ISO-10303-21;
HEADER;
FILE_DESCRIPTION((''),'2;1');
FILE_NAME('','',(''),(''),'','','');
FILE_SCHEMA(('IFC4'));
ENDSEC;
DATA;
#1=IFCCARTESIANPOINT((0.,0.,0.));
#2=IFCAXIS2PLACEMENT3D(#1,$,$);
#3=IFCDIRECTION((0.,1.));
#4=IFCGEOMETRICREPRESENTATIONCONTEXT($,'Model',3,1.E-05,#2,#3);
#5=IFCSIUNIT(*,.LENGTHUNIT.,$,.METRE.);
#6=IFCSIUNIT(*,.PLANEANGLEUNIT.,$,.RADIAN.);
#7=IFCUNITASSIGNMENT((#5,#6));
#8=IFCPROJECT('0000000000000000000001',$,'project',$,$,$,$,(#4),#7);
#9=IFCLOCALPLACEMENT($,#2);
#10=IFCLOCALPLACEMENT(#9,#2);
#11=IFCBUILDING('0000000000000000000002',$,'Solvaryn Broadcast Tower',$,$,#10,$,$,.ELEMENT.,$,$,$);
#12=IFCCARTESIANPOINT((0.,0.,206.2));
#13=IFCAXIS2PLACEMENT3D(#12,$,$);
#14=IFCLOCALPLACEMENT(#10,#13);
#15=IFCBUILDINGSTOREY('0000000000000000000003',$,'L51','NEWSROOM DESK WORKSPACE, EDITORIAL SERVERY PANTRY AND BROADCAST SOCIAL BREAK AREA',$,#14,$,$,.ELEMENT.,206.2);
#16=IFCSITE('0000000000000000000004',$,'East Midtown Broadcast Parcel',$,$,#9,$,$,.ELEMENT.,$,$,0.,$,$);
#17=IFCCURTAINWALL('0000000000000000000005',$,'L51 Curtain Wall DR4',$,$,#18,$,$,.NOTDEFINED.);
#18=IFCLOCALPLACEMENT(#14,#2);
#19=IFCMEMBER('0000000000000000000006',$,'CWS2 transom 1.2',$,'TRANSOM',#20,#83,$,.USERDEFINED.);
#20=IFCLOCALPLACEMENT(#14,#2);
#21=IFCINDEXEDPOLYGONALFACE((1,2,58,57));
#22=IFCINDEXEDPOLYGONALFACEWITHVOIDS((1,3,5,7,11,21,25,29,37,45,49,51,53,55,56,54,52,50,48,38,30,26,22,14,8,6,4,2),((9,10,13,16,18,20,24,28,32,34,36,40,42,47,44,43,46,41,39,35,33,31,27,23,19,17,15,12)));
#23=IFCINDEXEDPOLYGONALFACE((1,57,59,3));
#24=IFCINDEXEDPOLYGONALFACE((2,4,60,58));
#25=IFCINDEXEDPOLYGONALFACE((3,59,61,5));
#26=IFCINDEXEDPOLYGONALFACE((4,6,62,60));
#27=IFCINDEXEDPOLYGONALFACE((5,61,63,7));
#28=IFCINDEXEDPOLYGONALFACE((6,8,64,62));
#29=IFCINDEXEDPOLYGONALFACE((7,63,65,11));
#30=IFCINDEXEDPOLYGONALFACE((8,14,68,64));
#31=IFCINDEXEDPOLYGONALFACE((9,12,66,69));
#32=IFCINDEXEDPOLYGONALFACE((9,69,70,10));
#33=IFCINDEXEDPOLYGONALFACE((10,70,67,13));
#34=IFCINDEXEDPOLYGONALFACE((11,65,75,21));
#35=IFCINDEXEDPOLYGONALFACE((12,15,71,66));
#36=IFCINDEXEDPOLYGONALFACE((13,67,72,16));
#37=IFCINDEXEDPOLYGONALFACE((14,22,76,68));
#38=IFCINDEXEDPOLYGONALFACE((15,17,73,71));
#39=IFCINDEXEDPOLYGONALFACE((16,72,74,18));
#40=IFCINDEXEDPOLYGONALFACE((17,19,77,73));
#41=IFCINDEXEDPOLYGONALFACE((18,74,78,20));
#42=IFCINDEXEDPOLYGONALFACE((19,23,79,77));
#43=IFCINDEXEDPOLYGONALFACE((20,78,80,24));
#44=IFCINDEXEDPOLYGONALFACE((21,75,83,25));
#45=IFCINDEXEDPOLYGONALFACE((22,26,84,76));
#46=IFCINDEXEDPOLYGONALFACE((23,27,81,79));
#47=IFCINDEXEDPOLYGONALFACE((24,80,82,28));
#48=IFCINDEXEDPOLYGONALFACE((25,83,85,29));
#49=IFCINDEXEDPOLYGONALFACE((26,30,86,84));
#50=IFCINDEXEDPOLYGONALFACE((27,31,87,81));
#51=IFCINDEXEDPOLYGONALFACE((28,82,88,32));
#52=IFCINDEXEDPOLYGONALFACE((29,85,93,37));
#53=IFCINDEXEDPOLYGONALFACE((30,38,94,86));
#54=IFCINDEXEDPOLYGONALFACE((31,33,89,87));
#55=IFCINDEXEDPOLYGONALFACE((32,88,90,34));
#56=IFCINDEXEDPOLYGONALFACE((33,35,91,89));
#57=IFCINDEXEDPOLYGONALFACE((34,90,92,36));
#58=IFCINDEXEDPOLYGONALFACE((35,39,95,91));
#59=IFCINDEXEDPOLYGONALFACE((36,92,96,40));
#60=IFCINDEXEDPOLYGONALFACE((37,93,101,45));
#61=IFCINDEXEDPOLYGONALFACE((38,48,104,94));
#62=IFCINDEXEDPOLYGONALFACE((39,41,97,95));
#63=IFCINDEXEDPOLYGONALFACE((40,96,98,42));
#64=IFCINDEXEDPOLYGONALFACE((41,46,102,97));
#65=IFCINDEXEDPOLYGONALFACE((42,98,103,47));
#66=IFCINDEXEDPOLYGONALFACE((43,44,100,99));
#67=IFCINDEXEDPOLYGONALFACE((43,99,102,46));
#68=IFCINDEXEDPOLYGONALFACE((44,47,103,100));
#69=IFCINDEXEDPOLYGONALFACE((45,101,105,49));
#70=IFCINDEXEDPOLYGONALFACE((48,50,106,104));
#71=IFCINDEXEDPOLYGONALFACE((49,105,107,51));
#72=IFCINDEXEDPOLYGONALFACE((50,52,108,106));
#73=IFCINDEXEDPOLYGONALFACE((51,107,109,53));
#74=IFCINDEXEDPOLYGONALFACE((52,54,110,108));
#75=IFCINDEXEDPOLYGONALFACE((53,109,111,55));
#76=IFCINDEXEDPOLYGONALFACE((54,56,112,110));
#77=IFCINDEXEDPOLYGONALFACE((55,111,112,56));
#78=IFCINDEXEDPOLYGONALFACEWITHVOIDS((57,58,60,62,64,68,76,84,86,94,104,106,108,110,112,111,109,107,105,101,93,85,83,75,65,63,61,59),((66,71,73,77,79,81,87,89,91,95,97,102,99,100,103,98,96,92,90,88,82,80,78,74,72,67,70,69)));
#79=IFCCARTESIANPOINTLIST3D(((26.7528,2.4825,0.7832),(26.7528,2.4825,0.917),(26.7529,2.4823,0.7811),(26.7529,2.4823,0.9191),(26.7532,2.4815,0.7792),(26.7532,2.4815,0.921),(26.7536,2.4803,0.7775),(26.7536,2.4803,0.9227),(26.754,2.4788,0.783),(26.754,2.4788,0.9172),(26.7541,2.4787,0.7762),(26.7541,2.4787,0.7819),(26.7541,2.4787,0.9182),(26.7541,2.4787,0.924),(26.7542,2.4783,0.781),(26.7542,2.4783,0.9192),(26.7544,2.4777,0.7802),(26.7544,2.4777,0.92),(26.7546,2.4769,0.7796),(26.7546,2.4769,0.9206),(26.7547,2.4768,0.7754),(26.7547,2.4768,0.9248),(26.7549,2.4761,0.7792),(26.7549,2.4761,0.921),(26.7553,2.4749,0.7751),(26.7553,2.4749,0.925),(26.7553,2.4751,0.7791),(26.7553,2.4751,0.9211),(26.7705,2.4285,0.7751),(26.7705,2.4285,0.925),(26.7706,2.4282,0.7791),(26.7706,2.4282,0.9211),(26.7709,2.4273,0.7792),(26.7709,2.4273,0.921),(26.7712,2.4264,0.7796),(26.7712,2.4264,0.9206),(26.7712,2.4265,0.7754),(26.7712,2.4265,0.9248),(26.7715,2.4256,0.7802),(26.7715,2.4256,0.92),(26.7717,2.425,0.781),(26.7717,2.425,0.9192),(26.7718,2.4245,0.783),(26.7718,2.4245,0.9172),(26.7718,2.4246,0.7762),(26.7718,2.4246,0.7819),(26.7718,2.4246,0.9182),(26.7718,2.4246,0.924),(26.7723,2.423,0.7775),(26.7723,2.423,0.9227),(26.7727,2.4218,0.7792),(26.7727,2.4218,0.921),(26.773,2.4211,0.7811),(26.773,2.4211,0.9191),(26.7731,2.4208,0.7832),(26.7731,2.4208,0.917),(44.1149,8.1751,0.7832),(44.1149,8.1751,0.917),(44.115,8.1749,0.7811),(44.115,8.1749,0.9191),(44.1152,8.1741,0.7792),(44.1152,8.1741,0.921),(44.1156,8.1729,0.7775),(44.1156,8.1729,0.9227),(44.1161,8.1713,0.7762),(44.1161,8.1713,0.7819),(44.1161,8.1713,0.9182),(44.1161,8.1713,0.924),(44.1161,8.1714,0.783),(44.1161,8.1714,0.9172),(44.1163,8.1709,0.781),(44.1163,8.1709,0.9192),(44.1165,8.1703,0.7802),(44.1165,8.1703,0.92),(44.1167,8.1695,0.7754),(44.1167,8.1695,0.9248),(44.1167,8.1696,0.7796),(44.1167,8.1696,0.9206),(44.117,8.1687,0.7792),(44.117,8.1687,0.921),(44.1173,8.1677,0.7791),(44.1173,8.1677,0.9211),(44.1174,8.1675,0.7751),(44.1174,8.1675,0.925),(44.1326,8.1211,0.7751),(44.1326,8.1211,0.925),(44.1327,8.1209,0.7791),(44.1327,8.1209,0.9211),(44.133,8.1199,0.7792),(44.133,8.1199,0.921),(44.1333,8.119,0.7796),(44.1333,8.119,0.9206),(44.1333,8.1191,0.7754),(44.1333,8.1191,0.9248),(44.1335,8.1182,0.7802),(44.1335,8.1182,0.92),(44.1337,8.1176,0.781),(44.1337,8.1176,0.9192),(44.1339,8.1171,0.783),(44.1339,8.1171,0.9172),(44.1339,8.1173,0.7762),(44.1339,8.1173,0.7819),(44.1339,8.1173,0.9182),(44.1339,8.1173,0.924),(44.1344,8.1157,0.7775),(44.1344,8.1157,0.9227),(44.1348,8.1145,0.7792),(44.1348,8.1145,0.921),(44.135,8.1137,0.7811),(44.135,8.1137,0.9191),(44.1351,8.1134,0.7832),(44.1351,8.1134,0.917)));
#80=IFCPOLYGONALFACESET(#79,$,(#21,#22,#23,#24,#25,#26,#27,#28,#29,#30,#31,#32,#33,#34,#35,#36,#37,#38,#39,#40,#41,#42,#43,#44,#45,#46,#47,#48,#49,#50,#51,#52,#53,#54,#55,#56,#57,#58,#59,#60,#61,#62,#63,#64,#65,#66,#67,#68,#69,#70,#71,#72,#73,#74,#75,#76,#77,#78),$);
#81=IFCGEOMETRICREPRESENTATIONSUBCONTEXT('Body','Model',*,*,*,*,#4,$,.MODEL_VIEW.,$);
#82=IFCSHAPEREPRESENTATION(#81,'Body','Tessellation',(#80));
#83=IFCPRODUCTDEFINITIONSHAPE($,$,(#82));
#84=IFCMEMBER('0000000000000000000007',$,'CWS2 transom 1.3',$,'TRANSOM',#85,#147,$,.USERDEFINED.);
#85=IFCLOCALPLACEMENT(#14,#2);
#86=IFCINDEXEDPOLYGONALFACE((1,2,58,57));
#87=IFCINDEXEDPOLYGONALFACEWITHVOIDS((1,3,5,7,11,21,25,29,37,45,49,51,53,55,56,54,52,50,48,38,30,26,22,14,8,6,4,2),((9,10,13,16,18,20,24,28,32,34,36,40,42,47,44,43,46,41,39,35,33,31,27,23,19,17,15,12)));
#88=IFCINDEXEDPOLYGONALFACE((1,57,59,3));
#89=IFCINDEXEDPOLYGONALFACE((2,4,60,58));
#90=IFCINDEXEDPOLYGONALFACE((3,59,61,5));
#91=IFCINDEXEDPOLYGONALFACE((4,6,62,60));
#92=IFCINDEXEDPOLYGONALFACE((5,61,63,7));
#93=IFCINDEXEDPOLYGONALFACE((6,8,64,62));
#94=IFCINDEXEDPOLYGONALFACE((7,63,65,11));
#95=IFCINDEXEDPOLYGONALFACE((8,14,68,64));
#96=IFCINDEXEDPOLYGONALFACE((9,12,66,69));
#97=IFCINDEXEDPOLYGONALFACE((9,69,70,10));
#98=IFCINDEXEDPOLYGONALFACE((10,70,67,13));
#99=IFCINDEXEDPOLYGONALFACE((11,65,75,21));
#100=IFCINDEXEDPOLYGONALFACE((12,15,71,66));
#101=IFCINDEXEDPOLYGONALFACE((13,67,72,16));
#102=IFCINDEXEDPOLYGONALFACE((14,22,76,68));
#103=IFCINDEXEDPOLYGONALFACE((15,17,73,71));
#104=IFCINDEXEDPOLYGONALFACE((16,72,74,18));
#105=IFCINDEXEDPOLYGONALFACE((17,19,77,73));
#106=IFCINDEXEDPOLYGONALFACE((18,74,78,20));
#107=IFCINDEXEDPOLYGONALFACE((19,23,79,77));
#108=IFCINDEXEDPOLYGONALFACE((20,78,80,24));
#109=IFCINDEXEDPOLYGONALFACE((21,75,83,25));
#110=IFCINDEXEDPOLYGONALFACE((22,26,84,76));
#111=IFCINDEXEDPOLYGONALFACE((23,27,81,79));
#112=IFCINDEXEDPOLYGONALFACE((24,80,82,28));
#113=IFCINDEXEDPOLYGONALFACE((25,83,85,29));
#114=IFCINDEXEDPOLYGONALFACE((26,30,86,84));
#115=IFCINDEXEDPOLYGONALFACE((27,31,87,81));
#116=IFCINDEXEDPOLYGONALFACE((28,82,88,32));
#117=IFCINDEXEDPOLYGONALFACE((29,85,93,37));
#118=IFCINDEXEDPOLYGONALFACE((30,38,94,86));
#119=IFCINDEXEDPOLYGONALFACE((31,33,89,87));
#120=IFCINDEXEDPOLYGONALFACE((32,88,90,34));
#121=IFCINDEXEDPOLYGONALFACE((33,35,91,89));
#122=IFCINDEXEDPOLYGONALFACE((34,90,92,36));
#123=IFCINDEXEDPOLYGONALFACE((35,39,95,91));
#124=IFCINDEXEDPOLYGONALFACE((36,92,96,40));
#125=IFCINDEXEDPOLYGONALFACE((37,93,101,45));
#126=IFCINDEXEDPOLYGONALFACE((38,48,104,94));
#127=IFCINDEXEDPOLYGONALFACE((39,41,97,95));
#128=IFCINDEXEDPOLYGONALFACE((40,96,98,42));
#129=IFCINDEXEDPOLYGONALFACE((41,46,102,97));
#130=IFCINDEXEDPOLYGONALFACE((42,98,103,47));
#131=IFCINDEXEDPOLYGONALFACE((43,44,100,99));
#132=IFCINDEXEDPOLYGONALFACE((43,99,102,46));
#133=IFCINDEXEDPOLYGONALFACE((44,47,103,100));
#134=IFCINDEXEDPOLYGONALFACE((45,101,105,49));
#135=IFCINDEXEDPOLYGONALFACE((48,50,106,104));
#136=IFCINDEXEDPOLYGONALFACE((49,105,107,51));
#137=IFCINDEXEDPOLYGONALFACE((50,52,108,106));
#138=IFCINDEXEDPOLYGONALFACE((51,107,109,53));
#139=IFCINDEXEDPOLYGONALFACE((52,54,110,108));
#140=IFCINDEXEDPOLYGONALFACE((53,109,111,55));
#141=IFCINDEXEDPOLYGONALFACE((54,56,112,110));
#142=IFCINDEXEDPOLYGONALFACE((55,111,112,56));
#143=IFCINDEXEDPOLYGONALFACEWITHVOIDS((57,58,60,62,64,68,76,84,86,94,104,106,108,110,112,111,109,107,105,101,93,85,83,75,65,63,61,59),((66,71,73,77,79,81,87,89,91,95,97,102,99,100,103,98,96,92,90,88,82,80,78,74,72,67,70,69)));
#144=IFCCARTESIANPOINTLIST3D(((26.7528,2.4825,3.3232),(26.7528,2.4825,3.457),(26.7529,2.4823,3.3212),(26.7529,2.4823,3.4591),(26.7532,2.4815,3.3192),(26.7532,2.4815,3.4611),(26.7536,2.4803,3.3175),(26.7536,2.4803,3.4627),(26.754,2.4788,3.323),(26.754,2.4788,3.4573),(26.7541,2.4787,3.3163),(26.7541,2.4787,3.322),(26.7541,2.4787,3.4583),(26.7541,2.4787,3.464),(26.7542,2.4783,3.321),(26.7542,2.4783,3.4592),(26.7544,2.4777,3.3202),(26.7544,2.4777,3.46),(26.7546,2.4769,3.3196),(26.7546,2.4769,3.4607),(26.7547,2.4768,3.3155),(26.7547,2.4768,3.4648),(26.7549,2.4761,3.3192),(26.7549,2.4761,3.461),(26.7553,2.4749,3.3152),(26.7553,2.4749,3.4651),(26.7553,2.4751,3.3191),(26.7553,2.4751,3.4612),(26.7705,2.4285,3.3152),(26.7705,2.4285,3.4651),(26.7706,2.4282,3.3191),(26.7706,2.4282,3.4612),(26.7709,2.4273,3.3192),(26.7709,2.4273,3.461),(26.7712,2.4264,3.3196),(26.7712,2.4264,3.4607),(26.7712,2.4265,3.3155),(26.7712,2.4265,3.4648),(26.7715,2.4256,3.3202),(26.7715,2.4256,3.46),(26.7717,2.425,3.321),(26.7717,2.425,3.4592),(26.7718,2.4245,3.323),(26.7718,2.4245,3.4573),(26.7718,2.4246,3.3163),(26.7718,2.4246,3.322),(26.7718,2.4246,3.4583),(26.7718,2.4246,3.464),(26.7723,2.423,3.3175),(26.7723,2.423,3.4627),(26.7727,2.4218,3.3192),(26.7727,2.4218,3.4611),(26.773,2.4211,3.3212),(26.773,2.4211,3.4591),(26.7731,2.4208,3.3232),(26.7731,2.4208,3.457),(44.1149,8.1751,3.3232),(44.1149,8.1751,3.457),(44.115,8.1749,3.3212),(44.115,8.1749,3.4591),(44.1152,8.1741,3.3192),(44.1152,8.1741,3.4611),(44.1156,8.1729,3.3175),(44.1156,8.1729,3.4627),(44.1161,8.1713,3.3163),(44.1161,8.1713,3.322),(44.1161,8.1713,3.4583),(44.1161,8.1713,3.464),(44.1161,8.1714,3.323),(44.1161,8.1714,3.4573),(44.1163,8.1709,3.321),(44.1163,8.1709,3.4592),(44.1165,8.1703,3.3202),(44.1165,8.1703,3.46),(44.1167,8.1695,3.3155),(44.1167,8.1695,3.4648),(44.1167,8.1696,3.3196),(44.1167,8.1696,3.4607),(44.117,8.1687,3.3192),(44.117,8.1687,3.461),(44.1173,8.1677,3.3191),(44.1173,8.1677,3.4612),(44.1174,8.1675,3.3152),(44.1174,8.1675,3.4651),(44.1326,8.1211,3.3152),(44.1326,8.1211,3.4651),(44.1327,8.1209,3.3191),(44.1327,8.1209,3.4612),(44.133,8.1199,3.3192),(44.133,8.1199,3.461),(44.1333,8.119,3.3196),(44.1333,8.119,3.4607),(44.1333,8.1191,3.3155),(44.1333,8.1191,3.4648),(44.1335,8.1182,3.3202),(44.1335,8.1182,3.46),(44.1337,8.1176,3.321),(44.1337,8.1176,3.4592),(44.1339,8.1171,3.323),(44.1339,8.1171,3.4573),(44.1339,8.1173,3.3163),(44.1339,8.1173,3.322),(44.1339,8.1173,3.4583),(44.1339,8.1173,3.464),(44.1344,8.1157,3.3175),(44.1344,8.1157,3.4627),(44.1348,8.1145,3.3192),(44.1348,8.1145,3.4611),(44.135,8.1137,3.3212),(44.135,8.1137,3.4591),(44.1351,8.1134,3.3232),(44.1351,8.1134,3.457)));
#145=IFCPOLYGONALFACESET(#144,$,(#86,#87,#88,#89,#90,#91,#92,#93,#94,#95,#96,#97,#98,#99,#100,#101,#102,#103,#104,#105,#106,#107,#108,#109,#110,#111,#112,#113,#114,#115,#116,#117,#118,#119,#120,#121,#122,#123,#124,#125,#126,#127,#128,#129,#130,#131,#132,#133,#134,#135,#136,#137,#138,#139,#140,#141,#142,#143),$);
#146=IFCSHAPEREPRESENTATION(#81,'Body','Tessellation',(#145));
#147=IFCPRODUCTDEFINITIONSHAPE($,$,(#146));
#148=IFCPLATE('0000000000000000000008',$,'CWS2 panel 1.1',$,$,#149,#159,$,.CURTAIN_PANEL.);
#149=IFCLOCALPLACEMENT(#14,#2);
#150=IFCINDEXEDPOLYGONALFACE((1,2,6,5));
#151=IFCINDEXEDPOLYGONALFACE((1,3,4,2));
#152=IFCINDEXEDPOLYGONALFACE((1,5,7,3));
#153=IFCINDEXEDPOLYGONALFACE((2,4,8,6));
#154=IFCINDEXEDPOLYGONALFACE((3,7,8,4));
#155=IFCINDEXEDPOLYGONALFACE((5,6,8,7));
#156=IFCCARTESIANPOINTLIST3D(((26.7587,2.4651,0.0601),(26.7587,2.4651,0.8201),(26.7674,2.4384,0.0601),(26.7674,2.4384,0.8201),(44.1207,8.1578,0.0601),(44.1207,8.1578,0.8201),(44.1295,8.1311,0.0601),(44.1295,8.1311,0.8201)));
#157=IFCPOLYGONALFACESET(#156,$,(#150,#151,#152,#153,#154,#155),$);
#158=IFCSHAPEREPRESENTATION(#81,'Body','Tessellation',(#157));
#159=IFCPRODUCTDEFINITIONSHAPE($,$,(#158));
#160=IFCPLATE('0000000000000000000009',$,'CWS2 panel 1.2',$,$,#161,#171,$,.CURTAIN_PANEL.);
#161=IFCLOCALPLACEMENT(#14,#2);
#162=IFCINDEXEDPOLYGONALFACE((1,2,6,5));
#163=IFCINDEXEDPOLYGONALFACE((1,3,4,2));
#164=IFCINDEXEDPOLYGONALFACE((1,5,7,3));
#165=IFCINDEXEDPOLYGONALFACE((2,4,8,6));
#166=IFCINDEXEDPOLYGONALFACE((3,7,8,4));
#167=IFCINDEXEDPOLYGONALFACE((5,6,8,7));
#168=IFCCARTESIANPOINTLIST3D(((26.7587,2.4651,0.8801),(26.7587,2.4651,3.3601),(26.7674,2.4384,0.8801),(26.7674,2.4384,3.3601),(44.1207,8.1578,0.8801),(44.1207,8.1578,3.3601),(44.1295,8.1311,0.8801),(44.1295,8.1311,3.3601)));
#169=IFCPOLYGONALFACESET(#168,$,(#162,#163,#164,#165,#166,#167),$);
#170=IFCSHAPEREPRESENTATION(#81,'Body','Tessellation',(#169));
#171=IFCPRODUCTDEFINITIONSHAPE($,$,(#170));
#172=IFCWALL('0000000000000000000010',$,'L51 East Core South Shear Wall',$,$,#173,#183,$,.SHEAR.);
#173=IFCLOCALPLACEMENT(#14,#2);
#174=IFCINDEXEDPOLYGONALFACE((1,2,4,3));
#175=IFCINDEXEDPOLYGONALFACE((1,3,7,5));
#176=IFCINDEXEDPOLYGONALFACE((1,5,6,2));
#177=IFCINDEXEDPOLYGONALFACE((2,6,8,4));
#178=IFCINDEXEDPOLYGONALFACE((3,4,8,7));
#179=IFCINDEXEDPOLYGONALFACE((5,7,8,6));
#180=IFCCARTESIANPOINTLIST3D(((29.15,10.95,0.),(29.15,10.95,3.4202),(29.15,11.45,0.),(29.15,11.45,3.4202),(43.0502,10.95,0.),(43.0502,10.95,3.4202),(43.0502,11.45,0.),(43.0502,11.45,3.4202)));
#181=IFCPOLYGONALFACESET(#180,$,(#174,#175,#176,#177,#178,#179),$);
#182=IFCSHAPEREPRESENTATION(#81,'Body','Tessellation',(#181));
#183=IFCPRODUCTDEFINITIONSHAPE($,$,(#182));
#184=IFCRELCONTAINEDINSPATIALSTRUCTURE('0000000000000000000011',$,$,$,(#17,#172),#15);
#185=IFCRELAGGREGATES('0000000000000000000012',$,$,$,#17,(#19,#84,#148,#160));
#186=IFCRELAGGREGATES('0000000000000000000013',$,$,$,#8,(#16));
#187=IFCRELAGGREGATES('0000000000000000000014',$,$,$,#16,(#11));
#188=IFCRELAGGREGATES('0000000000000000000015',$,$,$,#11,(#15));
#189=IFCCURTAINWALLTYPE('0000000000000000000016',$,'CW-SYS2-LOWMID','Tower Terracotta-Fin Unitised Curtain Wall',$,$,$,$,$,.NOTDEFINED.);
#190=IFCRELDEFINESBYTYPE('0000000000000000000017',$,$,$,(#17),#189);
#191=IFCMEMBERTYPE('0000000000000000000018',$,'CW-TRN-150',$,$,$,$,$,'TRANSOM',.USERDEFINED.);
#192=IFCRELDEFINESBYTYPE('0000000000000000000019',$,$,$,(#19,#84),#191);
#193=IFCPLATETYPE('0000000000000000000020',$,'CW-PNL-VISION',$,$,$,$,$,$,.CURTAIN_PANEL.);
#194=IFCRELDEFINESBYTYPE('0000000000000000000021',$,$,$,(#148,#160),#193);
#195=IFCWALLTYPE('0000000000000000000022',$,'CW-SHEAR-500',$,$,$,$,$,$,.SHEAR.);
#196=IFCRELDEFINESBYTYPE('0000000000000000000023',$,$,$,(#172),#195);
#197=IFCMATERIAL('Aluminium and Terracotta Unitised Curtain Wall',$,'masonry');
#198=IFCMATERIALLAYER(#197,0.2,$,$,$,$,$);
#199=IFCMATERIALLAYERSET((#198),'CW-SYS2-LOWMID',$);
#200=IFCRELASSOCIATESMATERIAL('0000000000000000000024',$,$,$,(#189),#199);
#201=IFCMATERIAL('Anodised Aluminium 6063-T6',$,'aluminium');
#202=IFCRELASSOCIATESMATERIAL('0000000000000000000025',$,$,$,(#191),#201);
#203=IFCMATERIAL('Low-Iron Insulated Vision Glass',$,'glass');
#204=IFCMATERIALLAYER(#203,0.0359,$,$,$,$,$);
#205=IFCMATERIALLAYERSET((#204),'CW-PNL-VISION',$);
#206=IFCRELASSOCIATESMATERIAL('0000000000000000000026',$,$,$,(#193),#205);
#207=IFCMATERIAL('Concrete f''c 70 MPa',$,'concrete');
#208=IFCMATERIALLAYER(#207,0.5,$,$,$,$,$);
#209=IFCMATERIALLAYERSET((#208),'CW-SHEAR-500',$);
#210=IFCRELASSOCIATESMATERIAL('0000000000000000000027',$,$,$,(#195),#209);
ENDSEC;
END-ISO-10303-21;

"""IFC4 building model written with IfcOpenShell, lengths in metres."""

from ifc_helpers import new_model, si_unit, direction, frame, frame_2d, origin, origin_2d, place, context, subcontext, project, spatial, rectangle, hollow_rectangle, extrude, material, layer, layer_set, material_profile, profile_set, type_object, element, aggregate, save


model = new_model("IFC4")

# Units and contexts
model_context = context("Model", 3, precision=1e-05, world=origin(), true_north=direction((0.0, 1.0)))
body_context = subcontext(model_context, "Body", "Model", "MODEL_VIEW")
ifc_project = project(units=[si_unit("LENGTHUNIT", "METRE"), si_unit("PLANEANGLEUNIT", "RADIAN")], contexts=[model_context])

# Site, building, storey
site_placement = place(None, origin())
site = spatial("IfcSite", under=ifc_project, at=site_placement, Name="East Midtown Broadcast Parcel", CompositionType="ELEMENT", RefElevation=0.0)
building_placement = place(site_placement, origin())
building = spatial("IfcBuilding", under=site, at=building_placement, Name="Solvaryn Broadcast Tower", CompositionType="ELEMENT")
storey_placement = place(building_placement, frame((0.0, 0.0, 206.2)))
storey = spatial("IfcBuildingStorey", under=building, at=storey_placement, Name="L51", Description="NEWSROOM DESK WORKSPACE, EDITORIAL SERVERY PANTRY AND BROADCAST SOCIAL BREAK AREA", CompositionType="ELEMENT", Elevation=206.2)

# Shared definitions
ifc_material_1 = material(Name="Aluminium and Terracotta Unitised Curtain Wall", Category="masonry")
ifc_layer_1 = layer(ifc_material_1, 0.2)
ifc_layer_set_1 = layer_set([ifc_layer_1], Name="CW-SYS2-LOWMID")
curtain_wall_type = type_object("IfcCurtainWallType", Name="CW-SYS2-LOWMID", Description="Tower Terracotta-Fin Unitised Curtain Wall", PredefinedType="NOTDEFINED", material=ifc_layer_set_1)

# Curtain wall, members, plates
curtain_wall_1_placement = place(storey_placement, origin())
curtain_wall_1 = element("IfcCurtainWall", 1, at=curtain_wall_1_placement, inside=storey, type_object=curtain_wall_type, Name="L51 Curtain Wall DR4", PredefinedType="NOTDEFINED")
ifc_material_2 = material(Name="Anodised Aluminium 6063-T6", Category="aluminium")
ifc_material_profile_1 = material_profile(ifc_material_2, hollow_rectangle(XDim=0.0649, YDim=0.1499, WallThickness=0.0039, InnerFilletRadius=0.0039, OuterFilletRadius=0.0081, at=origin_2d()))
ifc_profile_set_1 = profile_set([ifc_material_profile_1], Name="Anodised Aluminium 6063-T6")
member_type_1 = type_object("IfcMemberType", Name="CW-TRN-150", ElementType="TRANSOM", PredefinedType="USERDEFINED", material=ifc_profile_set_1)
member_1_placement = place(storey_placement, frame((26.7629, 2.4517, 0.8501), z_axis=(0.950227, 0.311558, 0.0), x_axis=(-0.311558, 0.950227, 0.0)))
member_1 = element("IfcMember", 2, at=member_1_placement, type_object=member_type_1, Name="CWS2 transom 1.2", ObjectType="TRANSOM", PredefinedType="USERDEFINED", context=body_context, shape_type="SweptSolid", body=[
    extrude(hollow_rectangle(XDim=0.0649, YDim=0.1499, WallThickness=0.0039, InnerFilletRadius=0.0039, OuterFilletRadius=0.0081, at=origin_2d()), origin(), (0.0, 0.0, 1.0), 18.2715),
])
member_2_placement = place(storey_placement, frame((26.7629, 2.4517, 3.3901), z_axis=(0.950227, 0.311558, 0.0), x_axis=(-0.311558, 0.950227, 0.0)))
member_2 = element("IfcMember", 3, at=member_2_placement, type_object=member_type_1, Name="CWS2 transom 1.3", ObjectType="TRANSOM", PredefinedType="USERDEFINED", context=body_context, shape_type="SweptSolid", body=[
    extrude(hollow_rectangle(XDim=0.0649, YDim=0.1499, WallThickness=0.0039, InnerFilletRadius=0.0039, OuterFilletRadius=0.0081, at=origin_2d()), origin(), (0.0, 0.0, 1.0), 18.2715),
])
ifc_material_3 = material(Name="Low-Iron Insulated Vision Glass", Category="glass")
ifc_layer_2 = layer(ifc_material_3, 0.0359)
ifc_layer_set_2 = layer_set([ifc_layer_2], Name="CW-PNL-VISION")
plate_type = type_object("IfcPlateType", Name="CW-PNL-VISION", PredefinedType="CURTAIN_PANEL", material=ifc_layer_set_2)
plate_1_placement = place(storey_placement, frame((35.4441, 5.2981, 0.0601), z_axis=(0.0, 0.0, 1.0), x_axis=(0.950227, 0.311559, 0.0)))
plate_1 = element("IfcPlate", 4, at=plate_1_placement, type_object=plate_type, Name="CWS2 panel 1.1", PredefinedType="CURTAIN_PANEL", context=body_context, shape_type="SweptSolid", body=[
    extrude(rectangle(XDim=18.2715, YDim=0.0281, at=origin_2d()), origin(), (0.0, 0.0, 1.0), 0.76),
])
plate_2_placement = place(storey_placement, frame((35.4441, 5.2981, 0.8801), z_axis=(0.0, 0.0, 1.0), x_axis=(0.950227, 0.311559, 0.0)))
plate_2 = element("IfcPlate", 5, at=plate_2_placement, type_object=plate_type, Name="CWS2 panel 1.2", PredefinedType="CURTAIN_PANEL", context=body_context, shape_type="SweptSolid", body=[
    extrude(rectangle(XDim=18.2715, YDim=0.0281, at=origin_2d()), origin(), (0.0, 0.0, 1.0), 2.48),
])
aggregate(curtain_wall_1, [member_1, member_2, plate_1, plate_2])

# Wall
ifc_material_4 = material(Name="Concrete f'c 70 MPa", Category="concrete")
ifc_layer_3 = layer(ifc_material_4, 0.5)
ifc_layer_set_3 = layer_set([ifc_layer_3], Name="CW-SHEAR-500")
wall_type_1 = type_object("IfcWallType", Name="CW-SHEAR-500", PredefinedType="SHEAR", material=ifc_layer_set_3)
wall_1_placement = place(storey_placement, frame((29.1499, 11.2, 0.0), z_axis=(0.0, 0.0, 1.0), x_axis=(1.0, 0.0, 0.0)))
element("IfcWall", 6, at=wall_1_placement, inside=storey, type_object=wall_type_1, Name="L51 East Core South Shear Wall", PredefinedType="SHEAR", context=body_context, shape_type="SweptSolid", body=[
    extrude(rectangle(XDim=13.9001, YDim=0.5, at=frame_2d((6.9502, 0.0))), origin(), (0.0, 0.0, 1.0), 3.4202),
])

save(model, "model.ifc")
